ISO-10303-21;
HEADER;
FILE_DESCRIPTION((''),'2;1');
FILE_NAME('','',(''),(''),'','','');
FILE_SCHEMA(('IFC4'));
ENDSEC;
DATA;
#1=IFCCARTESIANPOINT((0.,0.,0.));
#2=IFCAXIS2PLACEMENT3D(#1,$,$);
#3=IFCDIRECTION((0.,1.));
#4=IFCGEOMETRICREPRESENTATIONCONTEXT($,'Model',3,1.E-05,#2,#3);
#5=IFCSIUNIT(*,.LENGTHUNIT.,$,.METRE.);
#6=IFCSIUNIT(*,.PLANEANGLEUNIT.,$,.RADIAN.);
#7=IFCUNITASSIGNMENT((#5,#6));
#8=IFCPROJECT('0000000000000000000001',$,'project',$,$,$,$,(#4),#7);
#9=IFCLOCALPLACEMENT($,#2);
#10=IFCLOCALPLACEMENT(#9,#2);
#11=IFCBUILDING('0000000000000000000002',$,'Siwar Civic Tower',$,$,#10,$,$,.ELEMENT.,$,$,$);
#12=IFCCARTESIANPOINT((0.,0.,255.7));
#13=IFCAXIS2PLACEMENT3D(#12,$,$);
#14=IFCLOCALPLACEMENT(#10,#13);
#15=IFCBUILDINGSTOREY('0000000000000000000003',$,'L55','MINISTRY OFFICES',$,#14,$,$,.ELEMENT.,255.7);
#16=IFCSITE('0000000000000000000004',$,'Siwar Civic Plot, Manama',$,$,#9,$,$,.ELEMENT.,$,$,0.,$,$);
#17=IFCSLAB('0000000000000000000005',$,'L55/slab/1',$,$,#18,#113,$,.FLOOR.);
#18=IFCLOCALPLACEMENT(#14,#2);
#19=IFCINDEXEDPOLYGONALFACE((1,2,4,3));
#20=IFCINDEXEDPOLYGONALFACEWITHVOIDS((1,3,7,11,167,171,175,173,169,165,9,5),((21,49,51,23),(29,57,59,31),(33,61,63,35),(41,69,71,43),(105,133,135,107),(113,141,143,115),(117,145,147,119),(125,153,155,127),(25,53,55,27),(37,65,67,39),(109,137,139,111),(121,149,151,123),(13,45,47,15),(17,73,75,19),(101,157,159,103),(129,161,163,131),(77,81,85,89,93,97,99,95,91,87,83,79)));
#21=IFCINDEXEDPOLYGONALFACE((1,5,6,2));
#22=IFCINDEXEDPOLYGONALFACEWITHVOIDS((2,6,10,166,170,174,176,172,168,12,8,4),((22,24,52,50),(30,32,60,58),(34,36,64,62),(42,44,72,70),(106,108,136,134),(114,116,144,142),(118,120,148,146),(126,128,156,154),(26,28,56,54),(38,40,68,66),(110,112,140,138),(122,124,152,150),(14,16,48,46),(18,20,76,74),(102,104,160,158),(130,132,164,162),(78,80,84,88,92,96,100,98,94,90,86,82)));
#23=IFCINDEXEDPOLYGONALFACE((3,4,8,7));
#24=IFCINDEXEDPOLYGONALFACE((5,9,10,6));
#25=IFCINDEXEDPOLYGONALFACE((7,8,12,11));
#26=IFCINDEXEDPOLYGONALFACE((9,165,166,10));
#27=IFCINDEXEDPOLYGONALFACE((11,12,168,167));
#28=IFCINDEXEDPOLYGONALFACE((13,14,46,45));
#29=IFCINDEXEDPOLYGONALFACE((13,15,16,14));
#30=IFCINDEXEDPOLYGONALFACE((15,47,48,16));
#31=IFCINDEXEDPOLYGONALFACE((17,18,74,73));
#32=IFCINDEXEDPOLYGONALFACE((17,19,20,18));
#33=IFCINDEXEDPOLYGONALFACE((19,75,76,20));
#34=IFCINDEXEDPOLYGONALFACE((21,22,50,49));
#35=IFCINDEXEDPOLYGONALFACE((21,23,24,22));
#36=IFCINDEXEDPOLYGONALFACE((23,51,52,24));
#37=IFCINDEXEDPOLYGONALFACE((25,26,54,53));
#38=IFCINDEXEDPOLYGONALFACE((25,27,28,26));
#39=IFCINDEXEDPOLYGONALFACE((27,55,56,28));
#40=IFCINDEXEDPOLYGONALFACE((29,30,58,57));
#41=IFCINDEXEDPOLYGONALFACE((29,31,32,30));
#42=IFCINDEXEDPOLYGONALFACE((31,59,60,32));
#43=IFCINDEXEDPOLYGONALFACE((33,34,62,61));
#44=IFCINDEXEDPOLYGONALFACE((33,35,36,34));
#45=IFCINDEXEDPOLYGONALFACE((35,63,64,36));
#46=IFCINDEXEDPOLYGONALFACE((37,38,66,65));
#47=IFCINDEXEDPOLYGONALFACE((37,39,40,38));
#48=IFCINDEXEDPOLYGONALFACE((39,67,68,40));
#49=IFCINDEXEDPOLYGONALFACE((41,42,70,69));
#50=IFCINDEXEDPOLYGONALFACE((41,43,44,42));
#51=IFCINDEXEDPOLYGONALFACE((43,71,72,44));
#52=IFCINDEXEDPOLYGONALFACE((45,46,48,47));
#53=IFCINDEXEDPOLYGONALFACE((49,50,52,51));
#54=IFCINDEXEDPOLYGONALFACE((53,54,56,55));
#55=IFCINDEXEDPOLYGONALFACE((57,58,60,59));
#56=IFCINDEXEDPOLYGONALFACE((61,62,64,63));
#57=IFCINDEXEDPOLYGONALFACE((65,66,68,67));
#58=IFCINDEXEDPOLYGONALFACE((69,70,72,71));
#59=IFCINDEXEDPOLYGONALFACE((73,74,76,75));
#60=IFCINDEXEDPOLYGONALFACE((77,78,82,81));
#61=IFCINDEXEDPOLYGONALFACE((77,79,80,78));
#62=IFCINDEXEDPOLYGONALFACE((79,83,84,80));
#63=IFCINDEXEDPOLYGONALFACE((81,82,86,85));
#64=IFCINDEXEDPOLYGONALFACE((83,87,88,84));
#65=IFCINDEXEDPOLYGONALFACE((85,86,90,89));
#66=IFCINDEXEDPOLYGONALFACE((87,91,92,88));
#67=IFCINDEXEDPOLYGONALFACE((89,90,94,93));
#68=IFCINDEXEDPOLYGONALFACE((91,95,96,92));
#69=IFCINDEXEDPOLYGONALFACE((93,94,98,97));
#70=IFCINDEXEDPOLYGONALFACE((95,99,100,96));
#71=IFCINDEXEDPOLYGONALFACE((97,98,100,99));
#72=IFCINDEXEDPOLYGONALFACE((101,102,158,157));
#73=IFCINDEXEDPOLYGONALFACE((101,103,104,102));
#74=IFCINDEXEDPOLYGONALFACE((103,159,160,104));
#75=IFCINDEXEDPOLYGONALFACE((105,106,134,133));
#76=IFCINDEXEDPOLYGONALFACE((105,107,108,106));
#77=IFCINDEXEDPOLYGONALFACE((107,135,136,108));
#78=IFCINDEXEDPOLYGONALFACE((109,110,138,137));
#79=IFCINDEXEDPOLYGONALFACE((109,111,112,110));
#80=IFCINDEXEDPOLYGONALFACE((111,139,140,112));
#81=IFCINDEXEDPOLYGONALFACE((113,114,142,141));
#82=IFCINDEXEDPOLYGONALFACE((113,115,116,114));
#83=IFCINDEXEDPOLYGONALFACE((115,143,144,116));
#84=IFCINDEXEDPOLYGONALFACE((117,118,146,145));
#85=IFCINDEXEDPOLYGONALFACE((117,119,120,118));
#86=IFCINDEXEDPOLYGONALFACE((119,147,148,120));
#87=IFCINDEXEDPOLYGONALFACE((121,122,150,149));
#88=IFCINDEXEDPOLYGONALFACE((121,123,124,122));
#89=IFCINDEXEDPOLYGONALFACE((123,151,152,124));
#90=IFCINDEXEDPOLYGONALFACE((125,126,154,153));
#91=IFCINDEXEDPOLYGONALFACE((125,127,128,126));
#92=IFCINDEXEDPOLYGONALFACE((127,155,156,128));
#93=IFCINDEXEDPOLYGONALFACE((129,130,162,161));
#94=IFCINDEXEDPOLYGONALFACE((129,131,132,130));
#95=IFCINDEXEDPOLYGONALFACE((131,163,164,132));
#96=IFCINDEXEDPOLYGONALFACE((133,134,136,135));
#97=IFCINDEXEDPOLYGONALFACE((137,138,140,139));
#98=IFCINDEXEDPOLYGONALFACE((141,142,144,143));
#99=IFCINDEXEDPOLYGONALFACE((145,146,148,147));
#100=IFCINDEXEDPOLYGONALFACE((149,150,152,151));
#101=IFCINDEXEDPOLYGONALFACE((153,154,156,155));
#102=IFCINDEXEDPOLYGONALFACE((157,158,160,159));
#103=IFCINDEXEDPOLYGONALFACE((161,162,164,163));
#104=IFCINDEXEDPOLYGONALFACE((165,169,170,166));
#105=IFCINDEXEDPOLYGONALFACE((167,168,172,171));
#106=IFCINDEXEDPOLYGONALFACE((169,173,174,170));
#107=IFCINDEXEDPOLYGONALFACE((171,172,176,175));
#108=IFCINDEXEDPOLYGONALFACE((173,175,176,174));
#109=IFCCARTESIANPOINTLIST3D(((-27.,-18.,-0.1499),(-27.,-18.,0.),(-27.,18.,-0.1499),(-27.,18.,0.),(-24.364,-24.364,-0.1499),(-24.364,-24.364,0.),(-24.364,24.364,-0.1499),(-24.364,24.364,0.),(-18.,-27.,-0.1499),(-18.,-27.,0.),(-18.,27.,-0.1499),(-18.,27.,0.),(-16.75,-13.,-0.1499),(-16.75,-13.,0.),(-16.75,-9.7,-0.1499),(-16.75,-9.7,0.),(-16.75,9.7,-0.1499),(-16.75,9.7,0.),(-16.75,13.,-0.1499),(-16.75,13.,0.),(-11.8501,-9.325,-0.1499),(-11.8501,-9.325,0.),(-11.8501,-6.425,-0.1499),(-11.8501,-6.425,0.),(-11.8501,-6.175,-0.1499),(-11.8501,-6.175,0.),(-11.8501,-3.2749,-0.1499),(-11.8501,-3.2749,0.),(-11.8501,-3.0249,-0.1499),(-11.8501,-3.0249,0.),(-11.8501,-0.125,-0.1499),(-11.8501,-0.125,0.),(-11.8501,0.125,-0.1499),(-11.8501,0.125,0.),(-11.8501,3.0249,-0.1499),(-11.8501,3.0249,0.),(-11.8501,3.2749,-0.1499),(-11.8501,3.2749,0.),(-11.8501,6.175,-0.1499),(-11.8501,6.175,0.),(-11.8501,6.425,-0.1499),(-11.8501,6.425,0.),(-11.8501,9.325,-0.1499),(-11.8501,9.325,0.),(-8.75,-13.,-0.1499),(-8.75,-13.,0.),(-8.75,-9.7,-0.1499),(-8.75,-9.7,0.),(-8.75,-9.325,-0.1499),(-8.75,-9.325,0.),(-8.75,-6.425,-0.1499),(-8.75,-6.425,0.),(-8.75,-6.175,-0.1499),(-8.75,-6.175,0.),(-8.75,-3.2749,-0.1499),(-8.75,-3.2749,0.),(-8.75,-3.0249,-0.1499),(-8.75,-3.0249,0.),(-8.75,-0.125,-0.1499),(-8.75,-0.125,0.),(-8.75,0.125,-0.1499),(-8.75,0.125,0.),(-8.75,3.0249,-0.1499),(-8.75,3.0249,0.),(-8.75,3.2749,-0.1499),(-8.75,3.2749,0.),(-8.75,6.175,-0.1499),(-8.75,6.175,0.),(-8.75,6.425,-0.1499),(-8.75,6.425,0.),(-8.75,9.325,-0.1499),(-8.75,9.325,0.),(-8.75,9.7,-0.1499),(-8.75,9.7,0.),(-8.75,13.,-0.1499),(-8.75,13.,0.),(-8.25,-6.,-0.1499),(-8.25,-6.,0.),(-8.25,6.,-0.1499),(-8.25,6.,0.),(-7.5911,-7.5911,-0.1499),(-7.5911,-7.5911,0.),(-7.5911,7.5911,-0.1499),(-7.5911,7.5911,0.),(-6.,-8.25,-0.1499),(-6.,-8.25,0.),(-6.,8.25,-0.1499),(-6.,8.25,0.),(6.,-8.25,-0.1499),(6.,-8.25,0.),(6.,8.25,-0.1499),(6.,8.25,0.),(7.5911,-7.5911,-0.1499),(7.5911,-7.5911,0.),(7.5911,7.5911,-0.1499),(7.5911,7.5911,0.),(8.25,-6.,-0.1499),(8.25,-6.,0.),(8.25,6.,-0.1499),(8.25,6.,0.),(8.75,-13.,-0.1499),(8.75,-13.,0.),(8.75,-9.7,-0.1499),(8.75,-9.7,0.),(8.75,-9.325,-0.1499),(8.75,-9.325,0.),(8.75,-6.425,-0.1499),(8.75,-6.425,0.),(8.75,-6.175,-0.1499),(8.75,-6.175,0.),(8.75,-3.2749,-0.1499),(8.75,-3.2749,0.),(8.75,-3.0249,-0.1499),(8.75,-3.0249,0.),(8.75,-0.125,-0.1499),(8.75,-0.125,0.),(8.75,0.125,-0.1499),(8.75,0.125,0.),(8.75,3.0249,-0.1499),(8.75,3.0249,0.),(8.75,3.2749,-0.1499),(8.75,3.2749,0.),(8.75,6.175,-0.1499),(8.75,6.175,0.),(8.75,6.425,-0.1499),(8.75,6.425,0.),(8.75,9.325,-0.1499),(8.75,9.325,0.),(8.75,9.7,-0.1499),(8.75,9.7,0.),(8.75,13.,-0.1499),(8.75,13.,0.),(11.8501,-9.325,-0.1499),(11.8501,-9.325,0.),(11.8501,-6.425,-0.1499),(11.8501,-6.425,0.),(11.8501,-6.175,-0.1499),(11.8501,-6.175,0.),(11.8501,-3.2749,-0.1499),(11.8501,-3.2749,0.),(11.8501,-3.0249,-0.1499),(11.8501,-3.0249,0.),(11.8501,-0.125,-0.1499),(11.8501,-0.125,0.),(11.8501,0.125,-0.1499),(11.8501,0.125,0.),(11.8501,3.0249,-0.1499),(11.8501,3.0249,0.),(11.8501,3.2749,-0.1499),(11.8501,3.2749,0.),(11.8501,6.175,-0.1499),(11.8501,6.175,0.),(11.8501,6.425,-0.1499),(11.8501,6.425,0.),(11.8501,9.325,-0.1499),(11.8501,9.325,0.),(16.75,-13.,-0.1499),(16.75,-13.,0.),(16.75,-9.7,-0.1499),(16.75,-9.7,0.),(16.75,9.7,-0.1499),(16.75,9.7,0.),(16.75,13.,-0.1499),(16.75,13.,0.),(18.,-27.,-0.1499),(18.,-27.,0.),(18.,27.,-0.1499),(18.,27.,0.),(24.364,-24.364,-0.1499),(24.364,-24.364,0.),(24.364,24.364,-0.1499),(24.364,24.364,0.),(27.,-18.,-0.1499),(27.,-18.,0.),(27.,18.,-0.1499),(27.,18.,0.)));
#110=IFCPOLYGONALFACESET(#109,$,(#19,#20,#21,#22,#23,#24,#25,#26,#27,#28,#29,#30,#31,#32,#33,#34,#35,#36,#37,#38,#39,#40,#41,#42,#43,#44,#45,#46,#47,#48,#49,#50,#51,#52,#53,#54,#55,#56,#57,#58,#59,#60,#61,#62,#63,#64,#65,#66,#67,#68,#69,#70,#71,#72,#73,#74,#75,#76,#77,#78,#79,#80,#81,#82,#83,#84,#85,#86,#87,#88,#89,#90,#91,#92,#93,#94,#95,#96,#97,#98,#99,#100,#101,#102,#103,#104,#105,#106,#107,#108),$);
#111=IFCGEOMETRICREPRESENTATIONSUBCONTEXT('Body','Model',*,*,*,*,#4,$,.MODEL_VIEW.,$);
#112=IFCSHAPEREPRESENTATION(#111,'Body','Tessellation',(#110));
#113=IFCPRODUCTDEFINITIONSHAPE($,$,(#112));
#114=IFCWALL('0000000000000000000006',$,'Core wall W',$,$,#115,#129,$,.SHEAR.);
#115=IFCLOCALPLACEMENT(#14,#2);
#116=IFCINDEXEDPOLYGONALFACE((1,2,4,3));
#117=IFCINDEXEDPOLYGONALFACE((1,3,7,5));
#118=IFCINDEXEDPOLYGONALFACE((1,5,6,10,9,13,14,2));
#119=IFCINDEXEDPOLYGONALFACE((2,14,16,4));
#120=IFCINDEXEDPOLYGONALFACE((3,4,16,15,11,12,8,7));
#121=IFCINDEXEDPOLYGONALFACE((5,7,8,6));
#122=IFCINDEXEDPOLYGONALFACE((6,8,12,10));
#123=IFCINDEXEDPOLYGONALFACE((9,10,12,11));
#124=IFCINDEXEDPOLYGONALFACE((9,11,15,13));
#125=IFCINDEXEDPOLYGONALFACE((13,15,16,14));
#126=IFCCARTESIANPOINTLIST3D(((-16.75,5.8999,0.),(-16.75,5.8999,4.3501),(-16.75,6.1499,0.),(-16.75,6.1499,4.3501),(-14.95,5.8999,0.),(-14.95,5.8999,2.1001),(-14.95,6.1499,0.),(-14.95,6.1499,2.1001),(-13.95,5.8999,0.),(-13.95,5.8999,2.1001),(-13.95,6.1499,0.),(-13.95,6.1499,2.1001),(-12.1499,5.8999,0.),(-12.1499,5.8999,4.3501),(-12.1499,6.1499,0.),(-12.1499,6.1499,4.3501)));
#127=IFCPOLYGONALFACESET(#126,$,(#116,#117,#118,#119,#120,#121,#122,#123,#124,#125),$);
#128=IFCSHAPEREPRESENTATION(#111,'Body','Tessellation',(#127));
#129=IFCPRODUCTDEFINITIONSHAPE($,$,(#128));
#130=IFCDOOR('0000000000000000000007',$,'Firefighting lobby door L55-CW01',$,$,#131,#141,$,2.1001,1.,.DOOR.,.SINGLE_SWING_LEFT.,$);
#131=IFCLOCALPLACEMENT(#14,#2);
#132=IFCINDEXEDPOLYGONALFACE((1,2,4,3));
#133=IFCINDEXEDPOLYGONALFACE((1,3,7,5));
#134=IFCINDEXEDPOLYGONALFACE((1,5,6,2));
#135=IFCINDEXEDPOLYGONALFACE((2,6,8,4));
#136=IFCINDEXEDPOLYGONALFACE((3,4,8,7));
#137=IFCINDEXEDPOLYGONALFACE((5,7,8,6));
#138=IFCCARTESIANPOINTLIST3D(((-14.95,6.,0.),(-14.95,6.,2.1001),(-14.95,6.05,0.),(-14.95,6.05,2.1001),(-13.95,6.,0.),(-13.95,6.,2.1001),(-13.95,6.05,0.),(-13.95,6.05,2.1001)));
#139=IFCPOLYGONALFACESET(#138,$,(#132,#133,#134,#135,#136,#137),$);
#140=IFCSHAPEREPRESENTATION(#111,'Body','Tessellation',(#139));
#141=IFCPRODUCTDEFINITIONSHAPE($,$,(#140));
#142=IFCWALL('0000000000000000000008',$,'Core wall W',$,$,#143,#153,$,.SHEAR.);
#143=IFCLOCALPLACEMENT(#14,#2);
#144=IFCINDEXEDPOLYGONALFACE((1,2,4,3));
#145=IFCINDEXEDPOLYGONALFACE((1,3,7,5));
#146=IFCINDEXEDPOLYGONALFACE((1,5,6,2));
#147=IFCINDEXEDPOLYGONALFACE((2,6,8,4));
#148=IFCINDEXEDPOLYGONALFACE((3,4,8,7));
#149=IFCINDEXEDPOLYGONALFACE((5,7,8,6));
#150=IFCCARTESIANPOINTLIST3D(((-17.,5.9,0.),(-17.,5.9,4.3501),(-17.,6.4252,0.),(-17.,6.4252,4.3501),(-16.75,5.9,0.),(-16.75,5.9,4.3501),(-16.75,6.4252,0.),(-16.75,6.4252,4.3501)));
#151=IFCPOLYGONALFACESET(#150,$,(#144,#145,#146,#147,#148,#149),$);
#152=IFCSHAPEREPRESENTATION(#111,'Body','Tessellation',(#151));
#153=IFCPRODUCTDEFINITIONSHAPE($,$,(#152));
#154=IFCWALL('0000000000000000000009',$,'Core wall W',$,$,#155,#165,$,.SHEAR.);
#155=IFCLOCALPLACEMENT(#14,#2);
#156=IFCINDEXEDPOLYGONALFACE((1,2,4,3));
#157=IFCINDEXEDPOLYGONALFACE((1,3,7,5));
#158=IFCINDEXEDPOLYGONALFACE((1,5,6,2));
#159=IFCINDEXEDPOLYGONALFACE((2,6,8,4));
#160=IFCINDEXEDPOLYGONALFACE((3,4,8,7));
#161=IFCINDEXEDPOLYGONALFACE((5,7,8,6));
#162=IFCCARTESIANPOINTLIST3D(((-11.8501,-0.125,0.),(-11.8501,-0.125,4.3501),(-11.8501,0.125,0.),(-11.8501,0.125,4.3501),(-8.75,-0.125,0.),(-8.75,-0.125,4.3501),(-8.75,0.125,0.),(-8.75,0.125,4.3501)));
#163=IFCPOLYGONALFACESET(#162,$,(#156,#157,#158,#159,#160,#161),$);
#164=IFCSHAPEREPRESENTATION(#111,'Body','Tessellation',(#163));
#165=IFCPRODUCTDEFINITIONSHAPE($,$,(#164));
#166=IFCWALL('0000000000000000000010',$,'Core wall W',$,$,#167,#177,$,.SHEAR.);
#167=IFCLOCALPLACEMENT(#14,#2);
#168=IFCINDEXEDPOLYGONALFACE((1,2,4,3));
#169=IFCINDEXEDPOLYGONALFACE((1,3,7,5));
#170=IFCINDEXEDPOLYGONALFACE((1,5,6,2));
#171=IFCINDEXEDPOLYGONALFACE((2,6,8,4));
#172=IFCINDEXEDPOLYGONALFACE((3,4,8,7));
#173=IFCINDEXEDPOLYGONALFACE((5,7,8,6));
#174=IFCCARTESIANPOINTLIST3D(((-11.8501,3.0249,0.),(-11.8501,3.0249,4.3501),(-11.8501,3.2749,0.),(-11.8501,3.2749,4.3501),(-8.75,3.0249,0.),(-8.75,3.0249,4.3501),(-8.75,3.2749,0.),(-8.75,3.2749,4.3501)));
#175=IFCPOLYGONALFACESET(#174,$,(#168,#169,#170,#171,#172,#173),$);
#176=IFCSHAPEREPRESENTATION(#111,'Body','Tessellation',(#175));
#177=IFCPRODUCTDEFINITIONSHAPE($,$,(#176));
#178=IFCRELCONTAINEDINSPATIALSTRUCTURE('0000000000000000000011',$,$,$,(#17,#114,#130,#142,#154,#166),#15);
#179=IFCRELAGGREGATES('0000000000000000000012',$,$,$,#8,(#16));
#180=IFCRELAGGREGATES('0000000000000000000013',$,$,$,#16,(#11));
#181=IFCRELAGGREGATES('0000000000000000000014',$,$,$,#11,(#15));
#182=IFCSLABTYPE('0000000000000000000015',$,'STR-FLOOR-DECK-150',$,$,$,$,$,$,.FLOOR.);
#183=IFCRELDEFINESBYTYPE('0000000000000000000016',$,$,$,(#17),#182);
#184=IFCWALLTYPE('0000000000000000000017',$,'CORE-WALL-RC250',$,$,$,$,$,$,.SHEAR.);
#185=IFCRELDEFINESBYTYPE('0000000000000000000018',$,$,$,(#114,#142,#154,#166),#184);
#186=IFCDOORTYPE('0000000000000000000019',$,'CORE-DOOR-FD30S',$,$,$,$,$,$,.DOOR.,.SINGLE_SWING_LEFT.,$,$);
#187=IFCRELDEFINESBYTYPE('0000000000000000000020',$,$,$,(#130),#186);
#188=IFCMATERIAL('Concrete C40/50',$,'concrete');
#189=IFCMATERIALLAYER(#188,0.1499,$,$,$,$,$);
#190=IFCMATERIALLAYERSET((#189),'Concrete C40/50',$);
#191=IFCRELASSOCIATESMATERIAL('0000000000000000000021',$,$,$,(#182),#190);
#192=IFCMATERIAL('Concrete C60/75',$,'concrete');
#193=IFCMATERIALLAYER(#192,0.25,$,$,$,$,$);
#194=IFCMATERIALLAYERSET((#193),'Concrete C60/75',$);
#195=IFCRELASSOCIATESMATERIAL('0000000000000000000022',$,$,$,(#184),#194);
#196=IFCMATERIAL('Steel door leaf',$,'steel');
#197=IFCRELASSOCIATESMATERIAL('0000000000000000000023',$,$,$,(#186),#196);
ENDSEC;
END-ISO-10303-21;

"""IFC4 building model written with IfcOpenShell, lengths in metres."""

from ifc_helpers import new_model, si_unit, direction, frame, frame_2d, origin, place, context, subcontext, project, spatial, polyline, rectangle, outline, extrude, material, layer, layer_set, type_object, element, fill, save


model = new_model("IFC4")

# Units and contexts
model_context = context("Model", 3, precision=1e-05, world=origin(), true_north=direction((0.0, 1.0)))
body_context = subcontext(model_context, "Body", "Model", "MODEL_VIEW")
ifc_project = project(units=[si_unit("LENGTHUNIT", "METRE"), si_unit("PLANEANGLEUNIT", "RADIAN")], contexts=[model_context])

# Site, building, storey
site_placement = place(None, origin())
site = spatial("IfcSite", under=ifc_project, at=site_placement, Name="Siwar Civic Plot, Manama", CompositionType="ELEMENT", RefElevation=0.0)
building_placement = place(site_placement, origin())
building = spatial("IfcBuilding", under=site, at=building_placement, Name="Siwar Civic Tower", CompositionType="ELEMENT")
storey_placement = place(building_placement, frame((0.0, 0.0, 255.7)))
storey = spatial("IfcBuildingStorey", under=building, at=storey_placement, Name="L55", Description="MINISTRY OFFICES", CompositionType="ELEMENT", Elevation=255.7)

# Slab
ifc_material_1 = material(Name="Concrete C40/50", Category="concrete")
ifc_layer_1 = layer(ifc_material_1, 0.1499)
ifc_layer_set_1 = layer_set([ifc_layer_1], Name="Concrete C40/50")
slab_type_1 = type_object("IfcSlabType", Name="STR-FLOOR-DECK-150", PredefinedType="FLOOR", material=ifc_layer_set_1)
slab_1_placement = place(storey_placement, frame((0.0, 0.0, -0.1499)))
element("IfcSlab", 1, at=slab_1_placement, inside=storey, type_object=slab_type_1, Name="L55/slab/1", PredefinedType="FLOOR", context=body_context, shape_type="SweptSolid", body=[
    extrude(outline(polyline([(-18.0, -27.0), (18.0, -27.0), (24.364, -24.364), (27.0, -18.0), (27.0, 18.0), (24.364, 24.364), (18.0, 27.0), (-18.0, 27.0), (-24.364, 24.364), (-27.0, 18.0), (-27.0, -18.0), (-24.364, -24.364), (-18.0, -27.0)]), holes=[polyline([(16.75, 13.0), (16.75, 9.7), (8.75, 9.7), (8.75, 13.0), (16.75, 13.0)]), polyline([(8.75, -9.7), (16.75, -9.7), (16.75, -13.0), (8.75, -13.0), (8.75, -9.7)]), polyline([(11.8501, 9.325), (11.8501, 6.425), (8.75, 6.425), (8.75, 9.325), (11.8501, 9.325)]), polyline([(8.75, 6.175), (11.8501, 6.175), (11.8501, 3.2749), (8.75, 3.2749), (8.75, 6.175)]), polyline([(8.75, 3.0249), (11.8501, 3.0249), (11.8501, 0.125), (8.75, 0.125), (8.75, 3.0249)]), polyline([(8.75, -0.125), (11.8501, -0.125), (11.8501, -3.0249), (8.75, -3.0249), (8.75, -0.125)]), polyline([(8.75, -3.2749), (11.8501, -3.2749), (11.8501, -6.175), (8.75, -6.175), (8.75, -3.2749)]), polyline([(8.75, -6.425), (11.8501, -6.425), (11.8501, -9.325), (8.75, -9.325), (8.75, -6.425)]), polyline([(-6.0, 8.25), (6.0, 8.25), (7.5911, 7.5911), (8.25, 6.0), (8.25, -6.0), (7.5911, -7.5911), (6.0, -8.25), (-6.0, -8.25), (-7.5911, -7.5911), (-8.25, -6.0), (-8.25, 6.0), (-7.5911, 7.5911), (-6.0, 8.25)]), polyline([(-8.75, -13.0), (-16.75, -13.0), (-16.75, -9.7), (-8.75, -9.7), (-8.75, -13.0)]), polyline([(-8.75, 9.7), (-16.75, 9.7), (-16.75, 13.0), (-8.75, 13.0), (-8.75, 9.7)]), polyline([(-8.75, 6.425), (-11.8501, 6.425), (-11.8501, 9.325), (-8.75, 9.325), (-8.75, 6.425)]), polyline([(-8.75, 3.2749), (-11.8501, 3.2749), (-11.8501, 6.175), (-8.75, 6.175), (-8.75, 3.2749)]), polyline([(-8.75, 0.125), (-11.8501, 0.125), (-11.8501, 3.0249), (-8.75, 3.0249), (-8.75, 0.125)]), polyline([(-8.75, -3.0249), (-11.8501, -3.0249), (-11.8501, -0.125), (-8.75, -0.125), (-8.75, -3.0249)]), polyline([(-8.75, -6.175), (-11.8501, -6.175), (-11.8501, -3.2749), (-8.75, -3.2749), (-8.75, -6.175)]), polyline([(-8.75, -9.325), (-11.8501, -9.325), (-11.8501, -6.425), (-8.75, -6.425), (-8.75, -9.325)])]), origin(), (0.0, 0.0, 1.0), 0.1499),
])

# Wall, opening, door
ifc_material_2 = material(Name="Concrete C60/75", Category="concrete")
ifc_layer_2 = layer(ifc_material_2, 0.25)
ifc_layer_set_2 = layer_set([ifc_layer_2], Name="Concrete C60/75")
wall_type_1 = type_object("IfcWallType", Name="CORE-WALL-RC250", PredefinedType="SHEAR", material=ifc_layer_set_2)
wall_1_placement = place(storey_placement, frame((-12.1499, 6.0249, 0.0), z_axis=(0.0, 0.0, 1.0), x_axis=(-1.0, 0.0, 0.0)))
wall_1 = element("IfcWall", 2, at=wall_1_placement, inside=storey, type_object=wall_type_1, Name="Core wall W", PredefinedType="SHEAR", context=body_context, shape_type="SweptSolid", body=[
    extrude(rectangle(XDim=4.6001, YDim=0.25, at=frame_2d((2.3, 0.0))), origin(), (0.0, 0.0, 1.0), 4.3501),
])
opening_placement = place(wall_1_placement, frame((1.8, 0.0, 0.0)))
opening = element("IfcOpeningElement", 3, at=opening_placement, cuts=wall_1, PredefinedType="OPENING", context=body_context, shape_type="SweptSolid", body=[
    extrude(rectangle(XDim=1.0, YDim=2.1001, at=frame_2d((0.5, 1.05))), frame((0.0, 0.135, 0.0), z_axis=(0.0, -1.0, 0.0), x_axis=(1.0, 0.0, 0.0)), (0.0, 0.0, 1.0), 0.27),
])
ifc_material_3 = material(Name="Steel door leaf", Category="steel")
door_type = type_object("IfcDoorType", Name="CORE-DOOR-FD30S", OperationType="SINGLE_SWING_LEFT", PredefinedType="DOOR", material=ifc_material_3)
door_placement = place(opening_placement, origin())
door = element("IfcDoor", 4, at=door_placement, inside=storey, type_object=door_type, Name="Firefighting lobby door L55-CW01", OperationType="SINGLE_SWING_LEFT", OverallHeight=2.1001, OverallWidth=1.0, PredefinedType="DOOR", context=body_context, shape_type="SweptSolid", body=[
    extrude(rectangle(XDim=1.0, YDim=2.1001, at=frame_2d((0.5, 1.05))), frame((0.0, 0.0249, 0.0), z_axis=(0.0, -1.0, 0.0), x_axis=(1.0, 0.0, 0.0)), (0.0, 0.0, 1.0), 0.05),
])
fill(opening, door)

# Walls
wall_2_placement = place(storey_placement, frame((-16.875, 5.8999, 0.0), z_axis=(0.0, 0.0, 1.0), x_axis=(0.0, 1.0, 0.0)))
element("IfcWall", 5, at=wall_2_placement, inside=storey, type_object=wall_type_1, Name="Core wall W", PredefinedType="SHEAR", context=body_context, shape_type="SweptSolid", body=[
    extrude(rectangle(XDim=0.5251, YDim=0.25, at=frame_2d((0.2627, 0.0))), origin(), (0.0, 0.0, 1.0), 4.3501),
])
for number, where, z_axis, x_axis, name in (
    (6, (-8.75, 0.0, 0.0), (0.0, 0.0, 1.0), (-1.0, 0.0, 0.0), "Core wall W"),
    (7, (-8.75, 3.1499, 0.0), (0.0, 0.0, 1.0), (-1.0, 0.0, 0.0), "Core wall W"),
):
    element("IfcWall", number, at=place(storey_placement, frame(where, z_axis=z_axis, x_axis=x_axis)), inside=storey, type_object=wall_type_1, Name=name, PredefinedType="SHEAR", context=body_context, shape_type="SweptSolid", body=[
        extrude(rectangle(XDim=3.1001, YDim=0.25, at=frame_2d((1.55, 0.0))), origin(), (0.0, 0.0, 1.0), 4.3501),
    ])

save(model, "model.ifc")
